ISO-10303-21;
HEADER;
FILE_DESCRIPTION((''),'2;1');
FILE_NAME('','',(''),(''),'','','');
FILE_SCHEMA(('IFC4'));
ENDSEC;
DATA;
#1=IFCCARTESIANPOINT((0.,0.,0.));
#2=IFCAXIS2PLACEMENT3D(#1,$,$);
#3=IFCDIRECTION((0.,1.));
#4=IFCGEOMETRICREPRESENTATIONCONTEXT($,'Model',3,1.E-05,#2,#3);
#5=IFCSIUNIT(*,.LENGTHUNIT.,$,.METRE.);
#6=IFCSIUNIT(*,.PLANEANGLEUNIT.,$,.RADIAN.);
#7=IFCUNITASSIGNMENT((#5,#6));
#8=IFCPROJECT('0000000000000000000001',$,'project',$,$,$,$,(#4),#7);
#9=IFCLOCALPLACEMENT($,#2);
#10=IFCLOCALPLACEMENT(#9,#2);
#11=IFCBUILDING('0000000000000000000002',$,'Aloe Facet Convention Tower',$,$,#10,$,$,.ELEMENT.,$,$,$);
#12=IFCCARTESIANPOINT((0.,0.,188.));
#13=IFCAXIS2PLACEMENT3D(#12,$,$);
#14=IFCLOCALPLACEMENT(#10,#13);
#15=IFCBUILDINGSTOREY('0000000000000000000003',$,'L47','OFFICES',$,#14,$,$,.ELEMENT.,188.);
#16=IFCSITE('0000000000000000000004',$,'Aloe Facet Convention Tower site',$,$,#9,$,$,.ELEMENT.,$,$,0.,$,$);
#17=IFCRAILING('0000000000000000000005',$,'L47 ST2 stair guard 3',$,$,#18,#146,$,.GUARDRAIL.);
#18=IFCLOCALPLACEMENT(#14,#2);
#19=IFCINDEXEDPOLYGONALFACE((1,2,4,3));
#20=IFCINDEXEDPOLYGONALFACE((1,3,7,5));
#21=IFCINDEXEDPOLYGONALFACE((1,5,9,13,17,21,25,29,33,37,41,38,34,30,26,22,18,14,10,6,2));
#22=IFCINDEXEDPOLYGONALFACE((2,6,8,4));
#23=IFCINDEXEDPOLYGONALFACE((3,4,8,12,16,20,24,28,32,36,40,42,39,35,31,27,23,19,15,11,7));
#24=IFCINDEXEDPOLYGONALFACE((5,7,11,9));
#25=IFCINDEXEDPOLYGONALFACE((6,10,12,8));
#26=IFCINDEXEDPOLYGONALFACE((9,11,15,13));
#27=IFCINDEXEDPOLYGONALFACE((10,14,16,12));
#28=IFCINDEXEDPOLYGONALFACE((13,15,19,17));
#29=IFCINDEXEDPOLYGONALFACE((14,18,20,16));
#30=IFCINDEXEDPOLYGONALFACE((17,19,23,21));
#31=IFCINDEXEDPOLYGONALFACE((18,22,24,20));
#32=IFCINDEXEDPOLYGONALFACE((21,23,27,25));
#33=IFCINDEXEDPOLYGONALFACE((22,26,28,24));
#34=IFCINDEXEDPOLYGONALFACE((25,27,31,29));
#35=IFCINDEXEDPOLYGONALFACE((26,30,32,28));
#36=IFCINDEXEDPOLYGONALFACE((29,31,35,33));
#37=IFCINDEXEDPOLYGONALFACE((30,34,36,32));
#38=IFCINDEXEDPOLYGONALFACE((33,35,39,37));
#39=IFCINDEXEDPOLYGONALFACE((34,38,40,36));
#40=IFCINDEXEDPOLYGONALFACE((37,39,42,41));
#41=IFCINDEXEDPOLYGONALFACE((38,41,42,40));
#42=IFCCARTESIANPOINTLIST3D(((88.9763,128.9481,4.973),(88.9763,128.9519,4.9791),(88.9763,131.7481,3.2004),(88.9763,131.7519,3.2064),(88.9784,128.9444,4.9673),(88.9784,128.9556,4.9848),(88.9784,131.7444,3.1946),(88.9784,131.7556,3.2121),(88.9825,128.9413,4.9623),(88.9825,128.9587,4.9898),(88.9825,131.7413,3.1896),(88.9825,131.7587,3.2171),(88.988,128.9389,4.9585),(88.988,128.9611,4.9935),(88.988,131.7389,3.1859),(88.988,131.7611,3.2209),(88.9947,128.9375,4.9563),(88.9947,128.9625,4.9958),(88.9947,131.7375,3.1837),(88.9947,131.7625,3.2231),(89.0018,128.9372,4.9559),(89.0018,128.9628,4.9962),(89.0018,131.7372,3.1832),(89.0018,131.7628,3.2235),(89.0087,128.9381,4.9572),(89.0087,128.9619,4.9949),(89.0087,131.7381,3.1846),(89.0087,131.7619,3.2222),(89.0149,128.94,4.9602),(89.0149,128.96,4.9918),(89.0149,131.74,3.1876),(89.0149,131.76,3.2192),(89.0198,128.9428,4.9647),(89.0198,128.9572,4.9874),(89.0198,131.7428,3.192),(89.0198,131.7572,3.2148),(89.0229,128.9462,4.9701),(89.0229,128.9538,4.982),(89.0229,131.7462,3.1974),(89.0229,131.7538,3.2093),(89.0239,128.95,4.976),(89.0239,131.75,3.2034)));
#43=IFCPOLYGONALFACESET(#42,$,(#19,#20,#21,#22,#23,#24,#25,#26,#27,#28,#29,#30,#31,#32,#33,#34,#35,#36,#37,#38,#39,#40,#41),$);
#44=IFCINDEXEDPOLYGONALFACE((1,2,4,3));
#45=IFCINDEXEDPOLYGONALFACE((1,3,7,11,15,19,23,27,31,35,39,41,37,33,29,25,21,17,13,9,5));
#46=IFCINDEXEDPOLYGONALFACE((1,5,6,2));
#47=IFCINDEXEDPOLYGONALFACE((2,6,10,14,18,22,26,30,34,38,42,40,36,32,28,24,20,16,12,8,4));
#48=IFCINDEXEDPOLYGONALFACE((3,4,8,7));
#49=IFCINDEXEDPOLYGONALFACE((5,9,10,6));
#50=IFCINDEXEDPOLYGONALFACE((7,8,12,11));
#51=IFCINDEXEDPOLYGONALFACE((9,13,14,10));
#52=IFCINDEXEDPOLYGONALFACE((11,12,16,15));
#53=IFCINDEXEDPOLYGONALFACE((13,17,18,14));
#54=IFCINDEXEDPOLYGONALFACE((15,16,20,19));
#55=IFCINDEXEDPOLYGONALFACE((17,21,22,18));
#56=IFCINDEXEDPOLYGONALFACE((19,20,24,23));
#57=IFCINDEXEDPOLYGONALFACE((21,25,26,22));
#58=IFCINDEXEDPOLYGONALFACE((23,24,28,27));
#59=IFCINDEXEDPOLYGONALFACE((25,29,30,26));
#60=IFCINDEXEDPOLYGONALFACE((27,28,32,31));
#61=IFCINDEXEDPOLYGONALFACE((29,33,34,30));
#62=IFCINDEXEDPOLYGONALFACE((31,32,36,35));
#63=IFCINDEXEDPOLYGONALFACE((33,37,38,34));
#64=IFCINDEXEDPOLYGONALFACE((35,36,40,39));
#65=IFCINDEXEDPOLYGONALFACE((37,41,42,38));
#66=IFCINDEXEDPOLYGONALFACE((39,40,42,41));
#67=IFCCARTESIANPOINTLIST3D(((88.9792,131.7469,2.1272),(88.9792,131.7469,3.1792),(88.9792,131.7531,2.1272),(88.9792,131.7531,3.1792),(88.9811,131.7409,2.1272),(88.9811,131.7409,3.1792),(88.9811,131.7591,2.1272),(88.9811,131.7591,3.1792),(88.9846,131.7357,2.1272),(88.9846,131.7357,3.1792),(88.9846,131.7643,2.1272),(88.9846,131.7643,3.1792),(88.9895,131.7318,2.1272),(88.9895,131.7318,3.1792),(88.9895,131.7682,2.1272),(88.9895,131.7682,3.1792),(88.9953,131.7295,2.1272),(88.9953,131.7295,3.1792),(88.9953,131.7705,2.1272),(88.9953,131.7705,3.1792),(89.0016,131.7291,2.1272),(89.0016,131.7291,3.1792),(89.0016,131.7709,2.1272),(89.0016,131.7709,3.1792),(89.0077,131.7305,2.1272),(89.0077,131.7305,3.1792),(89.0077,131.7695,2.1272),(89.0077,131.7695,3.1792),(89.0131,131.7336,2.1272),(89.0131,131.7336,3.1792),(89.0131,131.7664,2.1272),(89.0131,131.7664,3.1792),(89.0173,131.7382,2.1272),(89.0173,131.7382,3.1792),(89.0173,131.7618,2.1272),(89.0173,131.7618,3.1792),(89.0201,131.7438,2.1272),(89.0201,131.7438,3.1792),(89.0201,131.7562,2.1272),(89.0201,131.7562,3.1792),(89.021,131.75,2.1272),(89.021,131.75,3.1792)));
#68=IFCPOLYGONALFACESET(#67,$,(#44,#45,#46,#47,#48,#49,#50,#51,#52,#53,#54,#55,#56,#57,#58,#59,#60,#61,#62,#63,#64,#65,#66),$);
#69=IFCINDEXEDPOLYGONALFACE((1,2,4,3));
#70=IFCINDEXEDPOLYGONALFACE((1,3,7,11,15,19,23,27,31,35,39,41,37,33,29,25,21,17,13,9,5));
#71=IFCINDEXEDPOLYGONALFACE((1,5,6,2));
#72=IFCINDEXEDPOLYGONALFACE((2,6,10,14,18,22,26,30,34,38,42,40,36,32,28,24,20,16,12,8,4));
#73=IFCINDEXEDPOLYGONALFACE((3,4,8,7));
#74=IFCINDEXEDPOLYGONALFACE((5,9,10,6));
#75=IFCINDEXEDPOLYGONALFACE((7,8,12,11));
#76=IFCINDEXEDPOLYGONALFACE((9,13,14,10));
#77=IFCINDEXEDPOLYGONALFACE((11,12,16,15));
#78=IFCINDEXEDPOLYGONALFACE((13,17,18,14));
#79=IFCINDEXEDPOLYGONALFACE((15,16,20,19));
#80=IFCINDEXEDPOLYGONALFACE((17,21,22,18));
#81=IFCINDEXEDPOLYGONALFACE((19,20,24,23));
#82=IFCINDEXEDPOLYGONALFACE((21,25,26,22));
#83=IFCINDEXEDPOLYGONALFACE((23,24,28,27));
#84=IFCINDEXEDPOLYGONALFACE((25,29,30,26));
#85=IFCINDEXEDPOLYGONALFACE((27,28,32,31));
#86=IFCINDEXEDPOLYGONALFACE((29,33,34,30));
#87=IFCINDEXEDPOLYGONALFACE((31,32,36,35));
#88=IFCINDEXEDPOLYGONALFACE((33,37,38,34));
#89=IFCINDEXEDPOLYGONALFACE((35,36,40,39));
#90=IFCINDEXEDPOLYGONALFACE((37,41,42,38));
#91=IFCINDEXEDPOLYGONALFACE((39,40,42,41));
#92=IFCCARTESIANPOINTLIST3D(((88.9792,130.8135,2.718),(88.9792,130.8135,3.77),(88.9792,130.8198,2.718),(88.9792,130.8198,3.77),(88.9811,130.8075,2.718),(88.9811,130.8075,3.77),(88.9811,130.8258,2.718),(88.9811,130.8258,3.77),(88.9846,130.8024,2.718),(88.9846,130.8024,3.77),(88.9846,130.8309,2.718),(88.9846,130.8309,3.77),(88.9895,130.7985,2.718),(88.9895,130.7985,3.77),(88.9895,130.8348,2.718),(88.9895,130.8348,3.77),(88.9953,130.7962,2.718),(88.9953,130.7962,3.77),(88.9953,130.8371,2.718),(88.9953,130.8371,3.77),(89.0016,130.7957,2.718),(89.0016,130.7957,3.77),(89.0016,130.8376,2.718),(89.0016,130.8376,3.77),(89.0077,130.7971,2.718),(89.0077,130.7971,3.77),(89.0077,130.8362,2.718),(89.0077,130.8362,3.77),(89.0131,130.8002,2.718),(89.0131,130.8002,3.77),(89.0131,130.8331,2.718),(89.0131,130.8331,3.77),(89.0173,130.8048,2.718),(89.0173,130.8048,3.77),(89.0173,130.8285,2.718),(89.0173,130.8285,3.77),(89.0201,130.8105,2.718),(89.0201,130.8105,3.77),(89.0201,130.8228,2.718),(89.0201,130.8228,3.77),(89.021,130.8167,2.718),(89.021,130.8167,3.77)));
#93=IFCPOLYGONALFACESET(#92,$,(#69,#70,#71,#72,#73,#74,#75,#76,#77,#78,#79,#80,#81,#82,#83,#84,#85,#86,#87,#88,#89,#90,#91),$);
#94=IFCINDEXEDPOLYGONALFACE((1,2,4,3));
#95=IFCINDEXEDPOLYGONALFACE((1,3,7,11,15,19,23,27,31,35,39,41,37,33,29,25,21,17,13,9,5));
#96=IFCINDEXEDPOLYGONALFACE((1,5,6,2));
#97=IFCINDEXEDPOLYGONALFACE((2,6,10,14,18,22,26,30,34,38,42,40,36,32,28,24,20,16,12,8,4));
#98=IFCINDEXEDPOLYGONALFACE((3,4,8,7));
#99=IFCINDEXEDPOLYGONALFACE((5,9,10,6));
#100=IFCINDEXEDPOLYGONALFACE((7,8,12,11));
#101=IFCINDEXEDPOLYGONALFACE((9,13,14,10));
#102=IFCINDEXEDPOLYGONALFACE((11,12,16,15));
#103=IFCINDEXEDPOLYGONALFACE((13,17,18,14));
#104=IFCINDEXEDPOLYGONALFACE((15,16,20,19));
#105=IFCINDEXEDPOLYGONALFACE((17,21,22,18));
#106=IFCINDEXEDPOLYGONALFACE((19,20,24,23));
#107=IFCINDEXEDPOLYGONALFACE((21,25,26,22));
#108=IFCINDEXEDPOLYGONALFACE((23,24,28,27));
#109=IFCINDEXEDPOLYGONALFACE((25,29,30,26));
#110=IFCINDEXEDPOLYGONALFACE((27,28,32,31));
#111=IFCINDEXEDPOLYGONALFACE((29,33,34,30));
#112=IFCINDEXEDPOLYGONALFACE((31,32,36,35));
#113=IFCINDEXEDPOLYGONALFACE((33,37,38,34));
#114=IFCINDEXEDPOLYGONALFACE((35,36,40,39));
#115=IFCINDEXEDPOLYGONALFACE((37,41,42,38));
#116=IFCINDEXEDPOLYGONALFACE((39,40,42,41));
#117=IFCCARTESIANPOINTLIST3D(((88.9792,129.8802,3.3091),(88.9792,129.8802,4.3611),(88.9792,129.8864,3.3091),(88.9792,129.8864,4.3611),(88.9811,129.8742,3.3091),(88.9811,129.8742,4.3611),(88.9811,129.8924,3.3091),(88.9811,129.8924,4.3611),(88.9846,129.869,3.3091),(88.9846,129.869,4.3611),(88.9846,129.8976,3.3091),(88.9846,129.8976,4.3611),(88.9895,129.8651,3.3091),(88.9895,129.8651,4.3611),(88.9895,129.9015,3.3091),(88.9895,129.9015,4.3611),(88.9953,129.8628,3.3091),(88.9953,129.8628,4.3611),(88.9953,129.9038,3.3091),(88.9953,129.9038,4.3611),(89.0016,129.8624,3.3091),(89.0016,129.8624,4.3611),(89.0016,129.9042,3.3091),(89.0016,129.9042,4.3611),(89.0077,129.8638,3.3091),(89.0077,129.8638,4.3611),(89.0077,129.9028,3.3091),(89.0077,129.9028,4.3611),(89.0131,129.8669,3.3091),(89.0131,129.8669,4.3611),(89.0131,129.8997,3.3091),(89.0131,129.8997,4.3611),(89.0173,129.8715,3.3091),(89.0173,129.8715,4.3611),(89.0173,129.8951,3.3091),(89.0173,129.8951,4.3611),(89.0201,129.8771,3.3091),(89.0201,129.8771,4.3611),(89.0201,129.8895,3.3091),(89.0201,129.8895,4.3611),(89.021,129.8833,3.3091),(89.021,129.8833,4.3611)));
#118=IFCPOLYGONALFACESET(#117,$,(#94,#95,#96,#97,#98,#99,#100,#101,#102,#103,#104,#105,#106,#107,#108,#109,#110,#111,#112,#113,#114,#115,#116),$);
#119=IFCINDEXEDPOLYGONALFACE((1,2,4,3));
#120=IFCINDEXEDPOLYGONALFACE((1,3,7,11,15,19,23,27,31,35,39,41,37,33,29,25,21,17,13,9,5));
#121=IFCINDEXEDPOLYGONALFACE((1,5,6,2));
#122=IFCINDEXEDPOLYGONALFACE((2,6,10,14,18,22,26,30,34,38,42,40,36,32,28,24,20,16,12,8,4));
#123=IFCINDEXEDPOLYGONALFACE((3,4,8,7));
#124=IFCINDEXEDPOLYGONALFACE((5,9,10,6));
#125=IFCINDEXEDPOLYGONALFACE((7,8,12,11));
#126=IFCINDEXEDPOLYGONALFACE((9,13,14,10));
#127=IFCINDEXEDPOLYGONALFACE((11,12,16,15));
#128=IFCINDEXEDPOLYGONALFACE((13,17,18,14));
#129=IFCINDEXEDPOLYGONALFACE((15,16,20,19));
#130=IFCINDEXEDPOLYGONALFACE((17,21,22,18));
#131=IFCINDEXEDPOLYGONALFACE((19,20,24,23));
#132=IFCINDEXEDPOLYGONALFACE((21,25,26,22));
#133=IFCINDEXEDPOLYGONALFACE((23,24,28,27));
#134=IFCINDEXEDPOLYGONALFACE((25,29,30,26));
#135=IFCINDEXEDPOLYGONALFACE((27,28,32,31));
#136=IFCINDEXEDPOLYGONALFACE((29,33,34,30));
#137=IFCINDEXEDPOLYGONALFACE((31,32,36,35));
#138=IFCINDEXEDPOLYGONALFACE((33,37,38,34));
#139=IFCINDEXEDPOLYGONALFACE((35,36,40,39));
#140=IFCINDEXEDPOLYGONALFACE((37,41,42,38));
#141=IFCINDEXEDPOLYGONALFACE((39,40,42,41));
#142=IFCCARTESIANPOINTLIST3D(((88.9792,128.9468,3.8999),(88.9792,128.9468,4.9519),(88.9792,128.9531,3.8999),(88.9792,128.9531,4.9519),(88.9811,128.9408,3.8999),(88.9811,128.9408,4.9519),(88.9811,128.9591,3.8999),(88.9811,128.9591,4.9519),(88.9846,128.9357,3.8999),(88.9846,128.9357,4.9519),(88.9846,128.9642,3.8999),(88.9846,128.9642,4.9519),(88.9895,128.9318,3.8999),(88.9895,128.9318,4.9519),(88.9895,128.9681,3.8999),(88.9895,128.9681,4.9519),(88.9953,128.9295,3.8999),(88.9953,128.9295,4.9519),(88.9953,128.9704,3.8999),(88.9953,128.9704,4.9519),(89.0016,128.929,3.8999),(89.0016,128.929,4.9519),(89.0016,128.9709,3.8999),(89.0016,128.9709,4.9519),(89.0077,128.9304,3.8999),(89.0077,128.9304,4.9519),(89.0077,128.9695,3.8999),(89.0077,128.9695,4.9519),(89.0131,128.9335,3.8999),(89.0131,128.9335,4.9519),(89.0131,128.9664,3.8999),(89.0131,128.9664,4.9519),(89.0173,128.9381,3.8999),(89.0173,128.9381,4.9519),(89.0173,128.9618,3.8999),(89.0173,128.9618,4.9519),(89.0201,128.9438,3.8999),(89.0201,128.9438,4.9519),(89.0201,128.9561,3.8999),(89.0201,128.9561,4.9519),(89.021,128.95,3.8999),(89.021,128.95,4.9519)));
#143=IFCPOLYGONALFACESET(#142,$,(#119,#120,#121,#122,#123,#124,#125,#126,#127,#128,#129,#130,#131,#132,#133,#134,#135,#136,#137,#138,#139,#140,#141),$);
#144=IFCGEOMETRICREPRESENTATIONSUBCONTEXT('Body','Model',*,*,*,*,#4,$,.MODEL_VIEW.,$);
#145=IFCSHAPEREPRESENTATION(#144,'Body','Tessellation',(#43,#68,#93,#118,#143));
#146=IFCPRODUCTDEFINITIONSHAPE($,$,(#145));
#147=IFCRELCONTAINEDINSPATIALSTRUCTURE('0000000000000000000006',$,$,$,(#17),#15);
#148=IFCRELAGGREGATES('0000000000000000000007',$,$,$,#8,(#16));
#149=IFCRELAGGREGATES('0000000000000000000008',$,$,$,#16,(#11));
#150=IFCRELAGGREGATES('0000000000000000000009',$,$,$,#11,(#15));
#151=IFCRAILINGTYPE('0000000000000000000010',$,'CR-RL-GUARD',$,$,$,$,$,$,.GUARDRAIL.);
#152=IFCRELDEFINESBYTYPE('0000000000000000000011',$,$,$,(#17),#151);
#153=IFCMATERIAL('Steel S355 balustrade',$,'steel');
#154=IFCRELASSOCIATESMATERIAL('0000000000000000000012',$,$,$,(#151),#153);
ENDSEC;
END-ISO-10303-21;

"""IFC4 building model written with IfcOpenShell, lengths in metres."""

from ifc_helpers import new_model, si_unit, direction, frame, origin, origin_2d, place, context, subcontext, project, spatial, circle, extrude, material, type_object, element, save


model = new_model("IFC4")

# Units and contexts
model_context = context("Model", 3, precision=1e-05, world=origin(), true_north=direction((0.0, 1.0)))
body_context = subcontext(model_context, "Body", "Model", "MODEL_VIEW")
ifc_project = project(units=[si_unit("LENGTHUNIT", "METRE"), si_unit("PLANEANGLEUNIT", "RADIAN")], contexts=[model_context])

# Site, building, storey
site_placement = place(None, origin())
site = spatial("IfcSite", under=ifc_project, at=site_placement, Name="Aloe Facet Convention Tower site", CompositionType="ELEMENT", RefElevation=0.0)
building_placement = place(site_placement, origin())
building = spatial("IfcBuilding", under=site, at=building_placement, Name="Aloe Facet Convention Tower", CompositionType="ELEMENT")
storey_placement = place(building_placement, frame((0.0, 0.0, 188.0)))
storey = spatial("IfcBuildingStorey", under=building, at=storey_placement, Name="L47", Description="OFFICES", CompositionType="ELEMENT", Elevation=188.0)

# Railing
ifc_material_1 = material(Name="Steel S355 balustrade", Category="steel")
railing_type_1 = type_object("IfcRailingType", Name="CR-RL-GUARD", PredefinedType="GUARDRAIL", material=ifc_material_1)
railing_1_placement = place(storey_placement, frame((89.0, 131.75, 2.1272)))
element("IfcRailing", 1, at=railing_1_placement, inside=storey, type_object=railing_type_1, Name="L47 ST2 stair guard 3", PredefinedType="GUARDRAIL", context=body_context, shape_type="SweptSolid", body=[
    extrude(circle(Radius=0.0239, at=origin_2d()), frame((0.0, 0.0, 1.0762), z_axis=(0.0, -0.844909, 0.53491), x_axis=(1.0, 0.0, 0.0)), (0.0, 0.0, 1.0), 3.314),
    extrude(circle(Radius=0.021, at=origin_2d()), origin(), (0.0, 0.0, 1.0), 1.052),
    extrude(circle(Radius=0.021, at=origin_2d()), frame((0.0, -0.9333, 0.5908)), (0.0, 0.0, 1.0), 1.052),
    extrude(circle(Radius=0.021, at=origin_2d()), frame((0.0, -1.8667, 1.1819)), (0.0, 0.0, 1.0), 1.052),
    extrude(circle(Radius=0.021, at=origin_2d()), frame((0.0, -2.8, 1.7727)), (0.0, 0.0, 1.0), 1.052),
])

save(model, "model.ifc")
